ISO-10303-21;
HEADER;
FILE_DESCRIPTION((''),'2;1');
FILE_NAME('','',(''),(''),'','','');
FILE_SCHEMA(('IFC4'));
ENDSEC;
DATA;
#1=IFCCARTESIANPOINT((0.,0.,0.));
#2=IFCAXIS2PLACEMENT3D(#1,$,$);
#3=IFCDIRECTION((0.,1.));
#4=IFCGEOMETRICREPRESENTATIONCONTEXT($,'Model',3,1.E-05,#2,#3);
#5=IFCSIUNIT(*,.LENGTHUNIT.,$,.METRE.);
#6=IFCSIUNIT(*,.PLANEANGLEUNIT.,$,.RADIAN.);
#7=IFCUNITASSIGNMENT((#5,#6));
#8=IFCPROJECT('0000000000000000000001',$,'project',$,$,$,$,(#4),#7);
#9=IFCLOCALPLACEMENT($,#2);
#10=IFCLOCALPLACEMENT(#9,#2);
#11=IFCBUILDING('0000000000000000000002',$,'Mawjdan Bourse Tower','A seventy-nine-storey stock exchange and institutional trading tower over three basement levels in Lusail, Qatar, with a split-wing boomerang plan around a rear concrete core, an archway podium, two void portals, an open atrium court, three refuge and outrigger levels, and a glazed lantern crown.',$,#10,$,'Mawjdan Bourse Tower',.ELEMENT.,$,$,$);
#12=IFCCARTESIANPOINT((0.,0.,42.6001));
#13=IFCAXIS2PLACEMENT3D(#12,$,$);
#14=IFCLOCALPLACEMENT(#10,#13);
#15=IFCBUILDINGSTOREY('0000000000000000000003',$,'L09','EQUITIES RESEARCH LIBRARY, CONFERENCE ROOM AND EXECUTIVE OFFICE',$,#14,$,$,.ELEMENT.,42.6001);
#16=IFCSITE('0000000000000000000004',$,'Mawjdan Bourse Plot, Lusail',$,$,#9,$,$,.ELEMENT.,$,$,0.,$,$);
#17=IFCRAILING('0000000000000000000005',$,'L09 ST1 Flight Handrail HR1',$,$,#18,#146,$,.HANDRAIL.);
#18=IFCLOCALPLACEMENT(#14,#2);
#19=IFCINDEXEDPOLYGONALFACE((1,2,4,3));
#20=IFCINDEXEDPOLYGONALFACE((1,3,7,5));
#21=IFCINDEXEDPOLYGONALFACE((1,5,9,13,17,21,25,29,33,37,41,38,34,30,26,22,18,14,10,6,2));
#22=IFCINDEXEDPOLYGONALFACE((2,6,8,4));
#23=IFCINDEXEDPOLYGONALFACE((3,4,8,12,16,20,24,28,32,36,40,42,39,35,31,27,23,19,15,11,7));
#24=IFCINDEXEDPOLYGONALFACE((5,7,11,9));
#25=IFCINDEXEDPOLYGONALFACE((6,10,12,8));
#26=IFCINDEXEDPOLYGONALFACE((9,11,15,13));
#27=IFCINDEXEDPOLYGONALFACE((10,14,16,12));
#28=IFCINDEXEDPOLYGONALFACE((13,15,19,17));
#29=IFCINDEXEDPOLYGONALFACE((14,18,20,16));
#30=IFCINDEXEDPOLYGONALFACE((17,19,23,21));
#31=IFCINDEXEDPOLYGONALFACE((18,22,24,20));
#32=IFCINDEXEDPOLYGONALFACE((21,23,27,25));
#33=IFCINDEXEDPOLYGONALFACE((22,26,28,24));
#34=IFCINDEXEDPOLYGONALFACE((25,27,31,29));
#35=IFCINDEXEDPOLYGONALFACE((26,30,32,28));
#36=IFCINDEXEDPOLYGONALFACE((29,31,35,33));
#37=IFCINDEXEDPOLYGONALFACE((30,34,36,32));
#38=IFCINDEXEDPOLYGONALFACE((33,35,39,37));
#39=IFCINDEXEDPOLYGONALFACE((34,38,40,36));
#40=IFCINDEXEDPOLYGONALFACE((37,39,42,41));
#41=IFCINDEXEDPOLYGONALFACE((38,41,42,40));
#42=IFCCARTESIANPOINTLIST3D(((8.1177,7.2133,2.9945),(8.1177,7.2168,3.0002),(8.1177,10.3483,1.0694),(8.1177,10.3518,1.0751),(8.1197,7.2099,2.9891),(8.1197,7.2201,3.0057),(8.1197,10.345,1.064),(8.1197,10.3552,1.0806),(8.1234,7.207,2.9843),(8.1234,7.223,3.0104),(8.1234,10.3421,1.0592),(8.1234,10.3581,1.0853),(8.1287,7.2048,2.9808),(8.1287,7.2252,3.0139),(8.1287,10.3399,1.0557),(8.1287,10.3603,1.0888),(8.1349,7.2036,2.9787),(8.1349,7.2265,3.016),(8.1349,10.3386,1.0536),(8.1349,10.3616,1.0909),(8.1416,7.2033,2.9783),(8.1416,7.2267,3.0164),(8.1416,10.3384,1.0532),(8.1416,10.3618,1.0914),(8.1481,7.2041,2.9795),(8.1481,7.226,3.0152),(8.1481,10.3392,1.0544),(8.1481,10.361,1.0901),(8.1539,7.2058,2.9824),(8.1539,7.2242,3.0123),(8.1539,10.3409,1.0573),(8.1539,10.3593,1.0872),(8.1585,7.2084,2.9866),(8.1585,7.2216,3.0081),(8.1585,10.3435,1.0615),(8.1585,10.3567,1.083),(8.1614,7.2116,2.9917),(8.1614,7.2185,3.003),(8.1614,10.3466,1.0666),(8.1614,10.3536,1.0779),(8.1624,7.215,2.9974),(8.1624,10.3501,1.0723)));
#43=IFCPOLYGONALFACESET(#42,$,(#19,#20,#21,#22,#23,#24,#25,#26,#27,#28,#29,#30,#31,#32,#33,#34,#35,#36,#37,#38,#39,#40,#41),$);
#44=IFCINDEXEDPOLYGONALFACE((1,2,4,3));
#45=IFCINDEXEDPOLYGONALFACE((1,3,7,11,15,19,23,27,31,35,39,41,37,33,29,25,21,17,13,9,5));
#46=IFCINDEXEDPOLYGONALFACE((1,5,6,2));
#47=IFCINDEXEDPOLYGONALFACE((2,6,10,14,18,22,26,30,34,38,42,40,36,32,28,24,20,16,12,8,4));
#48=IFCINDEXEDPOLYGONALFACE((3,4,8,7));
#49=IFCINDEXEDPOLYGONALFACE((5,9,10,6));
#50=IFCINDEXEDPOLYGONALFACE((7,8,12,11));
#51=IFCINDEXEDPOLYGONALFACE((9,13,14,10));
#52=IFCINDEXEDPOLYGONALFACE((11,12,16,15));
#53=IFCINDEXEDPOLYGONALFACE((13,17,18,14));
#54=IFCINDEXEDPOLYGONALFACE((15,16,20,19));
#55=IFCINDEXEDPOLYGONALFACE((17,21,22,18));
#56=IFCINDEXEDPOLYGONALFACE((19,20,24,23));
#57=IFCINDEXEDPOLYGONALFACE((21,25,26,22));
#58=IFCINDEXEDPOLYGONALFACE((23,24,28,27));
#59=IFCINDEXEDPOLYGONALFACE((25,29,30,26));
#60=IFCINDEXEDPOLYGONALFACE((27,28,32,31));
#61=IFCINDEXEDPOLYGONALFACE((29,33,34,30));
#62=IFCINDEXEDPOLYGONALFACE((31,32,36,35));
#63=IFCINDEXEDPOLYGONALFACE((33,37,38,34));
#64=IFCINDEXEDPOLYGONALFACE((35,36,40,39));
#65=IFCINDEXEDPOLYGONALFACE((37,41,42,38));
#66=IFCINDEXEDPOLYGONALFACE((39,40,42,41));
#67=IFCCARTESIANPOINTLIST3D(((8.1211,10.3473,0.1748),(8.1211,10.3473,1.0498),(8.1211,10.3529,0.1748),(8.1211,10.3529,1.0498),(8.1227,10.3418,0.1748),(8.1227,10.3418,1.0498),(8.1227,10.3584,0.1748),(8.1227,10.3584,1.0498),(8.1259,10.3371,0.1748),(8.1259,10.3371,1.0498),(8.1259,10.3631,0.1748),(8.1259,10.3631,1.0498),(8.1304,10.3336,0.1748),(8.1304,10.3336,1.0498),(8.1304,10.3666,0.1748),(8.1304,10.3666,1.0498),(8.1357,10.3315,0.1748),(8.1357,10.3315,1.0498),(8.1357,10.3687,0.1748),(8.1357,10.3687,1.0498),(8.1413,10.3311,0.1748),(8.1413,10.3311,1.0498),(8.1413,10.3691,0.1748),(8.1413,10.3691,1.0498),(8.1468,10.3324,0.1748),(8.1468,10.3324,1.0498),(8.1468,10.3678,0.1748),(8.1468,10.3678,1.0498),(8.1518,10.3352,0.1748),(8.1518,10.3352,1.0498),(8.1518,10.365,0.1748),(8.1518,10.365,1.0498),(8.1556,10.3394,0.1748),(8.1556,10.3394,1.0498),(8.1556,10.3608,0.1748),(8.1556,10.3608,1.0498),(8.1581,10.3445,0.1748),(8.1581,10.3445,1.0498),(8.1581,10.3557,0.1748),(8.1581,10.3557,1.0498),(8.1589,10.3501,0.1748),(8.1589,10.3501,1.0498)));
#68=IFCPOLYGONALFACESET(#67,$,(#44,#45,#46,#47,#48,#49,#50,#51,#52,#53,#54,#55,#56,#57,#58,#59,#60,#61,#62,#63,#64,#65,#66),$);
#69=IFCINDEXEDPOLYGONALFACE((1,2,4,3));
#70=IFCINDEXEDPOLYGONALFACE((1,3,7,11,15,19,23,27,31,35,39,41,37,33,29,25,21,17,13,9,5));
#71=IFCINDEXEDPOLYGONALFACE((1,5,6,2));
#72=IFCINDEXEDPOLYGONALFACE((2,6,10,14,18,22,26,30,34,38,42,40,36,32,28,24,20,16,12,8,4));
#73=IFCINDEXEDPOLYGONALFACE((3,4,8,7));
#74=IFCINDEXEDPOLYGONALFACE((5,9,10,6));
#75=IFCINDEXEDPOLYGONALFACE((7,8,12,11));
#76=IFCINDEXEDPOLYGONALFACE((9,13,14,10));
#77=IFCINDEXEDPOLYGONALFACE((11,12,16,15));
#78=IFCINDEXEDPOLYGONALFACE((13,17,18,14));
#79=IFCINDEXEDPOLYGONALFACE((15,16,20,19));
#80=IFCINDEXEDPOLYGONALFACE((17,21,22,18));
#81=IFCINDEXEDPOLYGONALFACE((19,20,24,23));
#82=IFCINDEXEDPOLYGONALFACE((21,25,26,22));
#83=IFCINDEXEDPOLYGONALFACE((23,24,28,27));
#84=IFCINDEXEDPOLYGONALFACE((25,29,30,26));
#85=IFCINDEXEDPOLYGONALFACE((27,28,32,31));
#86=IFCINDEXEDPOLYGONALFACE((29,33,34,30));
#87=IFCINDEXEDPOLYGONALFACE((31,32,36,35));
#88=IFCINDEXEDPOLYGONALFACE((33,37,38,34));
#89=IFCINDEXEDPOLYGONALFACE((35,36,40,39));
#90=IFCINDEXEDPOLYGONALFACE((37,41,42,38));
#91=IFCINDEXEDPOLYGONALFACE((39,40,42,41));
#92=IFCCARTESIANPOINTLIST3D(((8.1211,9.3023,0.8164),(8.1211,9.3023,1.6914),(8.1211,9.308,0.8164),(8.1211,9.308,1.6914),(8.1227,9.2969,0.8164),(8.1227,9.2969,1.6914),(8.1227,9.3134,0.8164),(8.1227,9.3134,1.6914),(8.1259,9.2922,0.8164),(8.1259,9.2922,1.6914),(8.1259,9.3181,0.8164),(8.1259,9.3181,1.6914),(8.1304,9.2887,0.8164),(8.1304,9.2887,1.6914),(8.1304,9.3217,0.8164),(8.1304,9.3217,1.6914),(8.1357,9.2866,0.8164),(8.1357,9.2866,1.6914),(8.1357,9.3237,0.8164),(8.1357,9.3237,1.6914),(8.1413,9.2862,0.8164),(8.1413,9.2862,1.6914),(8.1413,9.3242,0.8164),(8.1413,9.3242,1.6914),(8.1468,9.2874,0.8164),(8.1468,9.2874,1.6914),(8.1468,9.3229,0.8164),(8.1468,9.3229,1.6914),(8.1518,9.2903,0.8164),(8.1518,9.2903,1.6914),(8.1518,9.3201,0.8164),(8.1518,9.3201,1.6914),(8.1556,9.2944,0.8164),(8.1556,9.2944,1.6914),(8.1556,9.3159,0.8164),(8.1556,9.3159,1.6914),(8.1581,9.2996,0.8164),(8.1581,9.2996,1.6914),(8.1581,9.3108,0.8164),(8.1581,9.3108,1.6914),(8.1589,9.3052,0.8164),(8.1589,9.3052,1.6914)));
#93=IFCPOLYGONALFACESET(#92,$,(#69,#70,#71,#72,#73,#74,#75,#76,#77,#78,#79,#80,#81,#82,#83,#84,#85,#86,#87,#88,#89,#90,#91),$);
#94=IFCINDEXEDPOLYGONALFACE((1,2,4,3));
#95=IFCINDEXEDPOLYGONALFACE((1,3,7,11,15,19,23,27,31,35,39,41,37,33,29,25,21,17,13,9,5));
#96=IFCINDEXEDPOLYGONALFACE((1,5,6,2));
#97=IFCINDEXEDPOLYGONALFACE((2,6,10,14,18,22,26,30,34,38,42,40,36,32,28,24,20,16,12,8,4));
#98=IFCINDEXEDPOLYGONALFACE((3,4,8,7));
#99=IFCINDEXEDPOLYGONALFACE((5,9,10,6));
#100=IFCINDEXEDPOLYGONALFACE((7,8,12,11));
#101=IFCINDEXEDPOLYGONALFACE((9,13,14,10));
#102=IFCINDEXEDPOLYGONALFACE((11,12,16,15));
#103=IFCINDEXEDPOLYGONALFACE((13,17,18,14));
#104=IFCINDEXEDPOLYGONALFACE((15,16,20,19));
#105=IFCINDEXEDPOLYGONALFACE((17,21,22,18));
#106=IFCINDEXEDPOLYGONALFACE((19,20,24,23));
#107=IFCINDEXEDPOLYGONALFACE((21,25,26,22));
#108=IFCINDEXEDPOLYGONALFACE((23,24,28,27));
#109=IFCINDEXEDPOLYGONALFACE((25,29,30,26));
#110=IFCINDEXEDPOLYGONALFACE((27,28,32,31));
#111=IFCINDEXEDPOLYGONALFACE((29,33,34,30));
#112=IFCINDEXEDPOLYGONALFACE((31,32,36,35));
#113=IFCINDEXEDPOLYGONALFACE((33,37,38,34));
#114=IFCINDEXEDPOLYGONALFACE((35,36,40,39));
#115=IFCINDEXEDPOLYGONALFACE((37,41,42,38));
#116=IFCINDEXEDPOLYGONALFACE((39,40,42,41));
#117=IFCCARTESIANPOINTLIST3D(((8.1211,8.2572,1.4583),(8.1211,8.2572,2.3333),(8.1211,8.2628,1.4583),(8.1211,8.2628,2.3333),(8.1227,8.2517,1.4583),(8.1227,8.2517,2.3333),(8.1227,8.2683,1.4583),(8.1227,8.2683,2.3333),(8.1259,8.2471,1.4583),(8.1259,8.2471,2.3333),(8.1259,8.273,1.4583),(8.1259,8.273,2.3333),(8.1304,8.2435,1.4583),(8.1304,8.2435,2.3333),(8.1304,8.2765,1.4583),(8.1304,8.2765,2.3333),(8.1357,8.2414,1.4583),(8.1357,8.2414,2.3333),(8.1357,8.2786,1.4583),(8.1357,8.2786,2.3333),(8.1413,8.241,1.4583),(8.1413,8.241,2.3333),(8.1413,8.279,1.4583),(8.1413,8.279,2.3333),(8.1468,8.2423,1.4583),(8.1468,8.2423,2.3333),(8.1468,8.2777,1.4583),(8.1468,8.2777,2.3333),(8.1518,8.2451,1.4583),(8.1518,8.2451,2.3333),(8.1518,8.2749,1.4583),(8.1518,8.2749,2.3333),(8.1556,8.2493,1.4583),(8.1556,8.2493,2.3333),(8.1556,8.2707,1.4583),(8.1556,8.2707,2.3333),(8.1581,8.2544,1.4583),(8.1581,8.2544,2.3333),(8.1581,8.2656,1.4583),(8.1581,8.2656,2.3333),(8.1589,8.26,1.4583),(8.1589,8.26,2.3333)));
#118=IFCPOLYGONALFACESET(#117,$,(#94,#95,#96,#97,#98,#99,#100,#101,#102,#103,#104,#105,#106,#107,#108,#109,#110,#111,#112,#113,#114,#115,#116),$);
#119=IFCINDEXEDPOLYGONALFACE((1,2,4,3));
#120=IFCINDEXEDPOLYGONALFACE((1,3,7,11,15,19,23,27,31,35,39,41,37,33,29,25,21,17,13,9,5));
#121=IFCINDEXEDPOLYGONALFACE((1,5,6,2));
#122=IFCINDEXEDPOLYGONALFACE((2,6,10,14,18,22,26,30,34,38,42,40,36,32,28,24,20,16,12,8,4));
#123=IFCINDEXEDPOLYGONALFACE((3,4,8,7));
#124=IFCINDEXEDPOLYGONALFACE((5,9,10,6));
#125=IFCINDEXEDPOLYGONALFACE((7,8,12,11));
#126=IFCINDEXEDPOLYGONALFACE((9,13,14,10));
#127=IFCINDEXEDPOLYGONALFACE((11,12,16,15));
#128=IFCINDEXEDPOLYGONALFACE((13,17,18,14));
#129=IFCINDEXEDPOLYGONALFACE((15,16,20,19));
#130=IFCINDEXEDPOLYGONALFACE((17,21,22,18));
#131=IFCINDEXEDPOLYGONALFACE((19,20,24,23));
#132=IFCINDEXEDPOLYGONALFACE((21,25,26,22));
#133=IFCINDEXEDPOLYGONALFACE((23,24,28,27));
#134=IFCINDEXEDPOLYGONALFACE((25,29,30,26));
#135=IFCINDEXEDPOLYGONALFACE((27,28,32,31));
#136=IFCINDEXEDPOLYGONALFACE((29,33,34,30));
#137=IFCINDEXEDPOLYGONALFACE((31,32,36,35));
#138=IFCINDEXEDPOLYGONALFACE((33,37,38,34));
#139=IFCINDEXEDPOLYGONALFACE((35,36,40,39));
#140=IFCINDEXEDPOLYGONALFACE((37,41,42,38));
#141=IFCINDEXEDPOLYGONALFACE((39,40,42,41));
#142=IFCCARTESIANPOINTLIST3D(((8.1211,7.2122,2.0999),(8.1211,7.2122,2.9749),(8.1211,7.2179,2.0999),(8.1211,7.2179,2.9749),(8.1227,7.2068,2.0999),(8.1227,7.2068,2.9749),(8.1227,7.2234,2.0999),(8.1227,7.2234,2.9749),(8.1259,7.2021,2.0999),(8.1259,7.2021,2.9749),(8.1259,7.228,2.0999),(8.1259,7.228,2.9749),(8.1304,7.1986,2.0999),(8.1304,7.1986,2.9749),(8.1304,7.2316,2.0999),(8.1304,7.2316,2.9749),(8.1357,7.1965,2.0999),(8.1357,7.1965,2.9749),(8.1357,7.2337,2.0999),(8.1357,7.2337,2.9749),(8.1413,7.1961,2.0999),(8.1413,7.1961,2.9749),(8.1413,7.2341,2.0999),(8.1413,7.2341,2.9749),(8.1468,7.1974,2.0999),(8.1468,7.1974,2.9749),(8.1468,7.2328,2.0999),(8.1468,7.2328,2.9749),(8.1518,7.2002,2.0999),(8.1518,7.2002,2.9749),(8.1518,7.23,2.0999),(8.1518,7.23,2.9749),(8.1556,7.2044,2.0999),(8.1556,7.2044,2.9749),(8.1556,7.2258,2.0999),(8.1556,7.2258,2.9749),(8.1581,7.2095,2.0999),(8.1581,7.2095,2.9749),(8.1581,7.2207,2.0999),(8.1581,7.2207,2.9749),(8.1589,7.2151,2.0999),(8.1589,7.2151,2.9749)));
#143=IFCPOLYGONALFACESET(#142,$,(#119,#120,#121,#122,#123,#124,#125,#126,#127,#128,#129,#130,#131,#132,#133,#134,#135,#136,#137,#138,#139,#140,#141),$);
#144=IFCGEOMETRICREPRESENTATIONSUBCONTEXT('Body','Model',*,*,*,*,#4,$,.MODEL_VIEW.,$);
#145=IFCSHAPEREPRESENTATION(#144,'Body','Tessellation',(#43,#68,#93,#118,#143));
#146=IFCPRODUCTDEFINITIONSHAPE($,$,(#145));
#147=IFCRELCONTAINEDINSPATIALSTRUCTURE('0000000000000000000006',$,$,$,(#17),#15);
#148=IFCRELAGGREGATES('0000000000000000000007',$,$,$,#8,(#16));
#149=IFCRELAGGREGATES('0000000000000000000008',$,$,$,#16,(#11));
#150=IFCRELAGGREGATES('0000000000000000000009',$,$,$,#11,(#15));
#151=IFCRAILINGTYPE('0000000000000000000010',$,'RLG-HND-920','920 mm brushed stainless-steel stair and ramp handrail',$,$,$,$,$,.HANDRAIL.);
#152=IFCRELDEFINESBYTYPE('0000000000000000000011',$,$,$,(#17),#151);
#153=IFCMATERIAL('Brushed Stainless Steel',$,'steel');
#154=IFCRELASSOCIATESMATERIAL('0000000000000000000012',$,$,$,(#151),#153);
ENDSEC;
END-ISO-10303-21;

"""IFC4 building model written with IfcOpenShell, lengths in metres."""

from ifc_helpers import new_model, si_unit, direction, frame, origin, origin_2d, place, context, subcontext, project, spatial, circle, extrude, material, type_object, element, save


model = new_model("IFC4")

# Units and contexts
model_context = context("Model", 3, precision=1e-05, world=origin(), true_north=direction((0.0, 1.0)))
body_context = subcontext(model_context, "Body", "Model", "MODEL_VIEW")
ifc_project = project(units=[si_unit("LENGTHUNIT", "METRE"), si_unit("PLANEANGLEUNIT", "RADIAN")], contexts=[model_context])

# Site, building, storey
site_placement = place(None, origin())
site = spatial("IfcSite", under=ifc_project, at=site_placement, Name="Mawjdan Bourse Plot, Lusail", CompositionType="ELEMENT", RefElevation=0.0)
building_placement = place(site_placement, origin())
building = spatial("IfcBuilding", under=site, at=building_placement, Name="Mawjdan Bourse Tower", Description="A seventy-nine-storey stock exchange and institutional trading tower over three basement levels in Lusail, Qatar, with a split-wing boomerang plan around a rear concrete core, an archway podium, two void portals, an open atrium court, three refuge and outrigger levels, and a glazed lantern crown.", LongName="Mawjdan Bourse Tower", CompositionType="ELEMENT")
storey_placement = place(building_placement, frame((0.0, 0.0, 42.6001)))
storey = spatial("IfcBuildingStorey", under=building, at=storey_placement, Name="L09", Description="EQUITIES RESEARCH LIBRARY, CONFERENCE ROOM AND EXECUTIVE OFFICE", CompositionType="ELEMENT", Elevation=42.6001)

# Shared definitions
ifc_material_1 = material(Name="Brushed Stainless Steel", Category="steel")

# Railing
railing_type = type_object("IfcRailingType", Name="RLG-HND-920", Description="920 mm brushed stainless-steel stair and ramp handrail", PredefinedType="HANDRAIL", material=ifc_material_1)
railing_1_placement = place(storey_placement, frame((8.1399, 10.3501, 0.1748)))
element("IfcRailing", 1, at=railing_1_placement, inside=storey, type_object=railing_type, Name="L09 ST1 Flight Handrail HR1", PredefinedType="HANDRAIL", context=body_context, shape_type="SweptSolid", body=[
    extrude(circle(Radius=0.0225, at=origin_2d()), frame((0.0, 0.0, 0.8975), z_axis=(0.0, -0.852166, 0.523271), x_axis=(1.0, 0.0, 0.0)), (0.0, 0.0, 1.0), 3.679),
    extrude(circle(Radius=0.019, at=origin_2d()), origin(), (0.0, 0.0, 1.0), 0.875),
    extrude(circle(Radius=0.019, at=origin_2d()), frame((0.0, -1.0449, 0.6416)), (0.0, 0.0, 1.0), 0.875),
    extrude(circle(Radius=0.019, at=origin_2d()), frame((0.0, -2.0901, 1.2834)), (0.0, 0.0, 1.0), 0.875),
    extrude(circle(Radius=0.019, at=origin_2d()), frame((0.0, -3.135, 1.925)), (0.0, 0.0, 1.0), 0.875),
])

save(model, "model.ifc")
